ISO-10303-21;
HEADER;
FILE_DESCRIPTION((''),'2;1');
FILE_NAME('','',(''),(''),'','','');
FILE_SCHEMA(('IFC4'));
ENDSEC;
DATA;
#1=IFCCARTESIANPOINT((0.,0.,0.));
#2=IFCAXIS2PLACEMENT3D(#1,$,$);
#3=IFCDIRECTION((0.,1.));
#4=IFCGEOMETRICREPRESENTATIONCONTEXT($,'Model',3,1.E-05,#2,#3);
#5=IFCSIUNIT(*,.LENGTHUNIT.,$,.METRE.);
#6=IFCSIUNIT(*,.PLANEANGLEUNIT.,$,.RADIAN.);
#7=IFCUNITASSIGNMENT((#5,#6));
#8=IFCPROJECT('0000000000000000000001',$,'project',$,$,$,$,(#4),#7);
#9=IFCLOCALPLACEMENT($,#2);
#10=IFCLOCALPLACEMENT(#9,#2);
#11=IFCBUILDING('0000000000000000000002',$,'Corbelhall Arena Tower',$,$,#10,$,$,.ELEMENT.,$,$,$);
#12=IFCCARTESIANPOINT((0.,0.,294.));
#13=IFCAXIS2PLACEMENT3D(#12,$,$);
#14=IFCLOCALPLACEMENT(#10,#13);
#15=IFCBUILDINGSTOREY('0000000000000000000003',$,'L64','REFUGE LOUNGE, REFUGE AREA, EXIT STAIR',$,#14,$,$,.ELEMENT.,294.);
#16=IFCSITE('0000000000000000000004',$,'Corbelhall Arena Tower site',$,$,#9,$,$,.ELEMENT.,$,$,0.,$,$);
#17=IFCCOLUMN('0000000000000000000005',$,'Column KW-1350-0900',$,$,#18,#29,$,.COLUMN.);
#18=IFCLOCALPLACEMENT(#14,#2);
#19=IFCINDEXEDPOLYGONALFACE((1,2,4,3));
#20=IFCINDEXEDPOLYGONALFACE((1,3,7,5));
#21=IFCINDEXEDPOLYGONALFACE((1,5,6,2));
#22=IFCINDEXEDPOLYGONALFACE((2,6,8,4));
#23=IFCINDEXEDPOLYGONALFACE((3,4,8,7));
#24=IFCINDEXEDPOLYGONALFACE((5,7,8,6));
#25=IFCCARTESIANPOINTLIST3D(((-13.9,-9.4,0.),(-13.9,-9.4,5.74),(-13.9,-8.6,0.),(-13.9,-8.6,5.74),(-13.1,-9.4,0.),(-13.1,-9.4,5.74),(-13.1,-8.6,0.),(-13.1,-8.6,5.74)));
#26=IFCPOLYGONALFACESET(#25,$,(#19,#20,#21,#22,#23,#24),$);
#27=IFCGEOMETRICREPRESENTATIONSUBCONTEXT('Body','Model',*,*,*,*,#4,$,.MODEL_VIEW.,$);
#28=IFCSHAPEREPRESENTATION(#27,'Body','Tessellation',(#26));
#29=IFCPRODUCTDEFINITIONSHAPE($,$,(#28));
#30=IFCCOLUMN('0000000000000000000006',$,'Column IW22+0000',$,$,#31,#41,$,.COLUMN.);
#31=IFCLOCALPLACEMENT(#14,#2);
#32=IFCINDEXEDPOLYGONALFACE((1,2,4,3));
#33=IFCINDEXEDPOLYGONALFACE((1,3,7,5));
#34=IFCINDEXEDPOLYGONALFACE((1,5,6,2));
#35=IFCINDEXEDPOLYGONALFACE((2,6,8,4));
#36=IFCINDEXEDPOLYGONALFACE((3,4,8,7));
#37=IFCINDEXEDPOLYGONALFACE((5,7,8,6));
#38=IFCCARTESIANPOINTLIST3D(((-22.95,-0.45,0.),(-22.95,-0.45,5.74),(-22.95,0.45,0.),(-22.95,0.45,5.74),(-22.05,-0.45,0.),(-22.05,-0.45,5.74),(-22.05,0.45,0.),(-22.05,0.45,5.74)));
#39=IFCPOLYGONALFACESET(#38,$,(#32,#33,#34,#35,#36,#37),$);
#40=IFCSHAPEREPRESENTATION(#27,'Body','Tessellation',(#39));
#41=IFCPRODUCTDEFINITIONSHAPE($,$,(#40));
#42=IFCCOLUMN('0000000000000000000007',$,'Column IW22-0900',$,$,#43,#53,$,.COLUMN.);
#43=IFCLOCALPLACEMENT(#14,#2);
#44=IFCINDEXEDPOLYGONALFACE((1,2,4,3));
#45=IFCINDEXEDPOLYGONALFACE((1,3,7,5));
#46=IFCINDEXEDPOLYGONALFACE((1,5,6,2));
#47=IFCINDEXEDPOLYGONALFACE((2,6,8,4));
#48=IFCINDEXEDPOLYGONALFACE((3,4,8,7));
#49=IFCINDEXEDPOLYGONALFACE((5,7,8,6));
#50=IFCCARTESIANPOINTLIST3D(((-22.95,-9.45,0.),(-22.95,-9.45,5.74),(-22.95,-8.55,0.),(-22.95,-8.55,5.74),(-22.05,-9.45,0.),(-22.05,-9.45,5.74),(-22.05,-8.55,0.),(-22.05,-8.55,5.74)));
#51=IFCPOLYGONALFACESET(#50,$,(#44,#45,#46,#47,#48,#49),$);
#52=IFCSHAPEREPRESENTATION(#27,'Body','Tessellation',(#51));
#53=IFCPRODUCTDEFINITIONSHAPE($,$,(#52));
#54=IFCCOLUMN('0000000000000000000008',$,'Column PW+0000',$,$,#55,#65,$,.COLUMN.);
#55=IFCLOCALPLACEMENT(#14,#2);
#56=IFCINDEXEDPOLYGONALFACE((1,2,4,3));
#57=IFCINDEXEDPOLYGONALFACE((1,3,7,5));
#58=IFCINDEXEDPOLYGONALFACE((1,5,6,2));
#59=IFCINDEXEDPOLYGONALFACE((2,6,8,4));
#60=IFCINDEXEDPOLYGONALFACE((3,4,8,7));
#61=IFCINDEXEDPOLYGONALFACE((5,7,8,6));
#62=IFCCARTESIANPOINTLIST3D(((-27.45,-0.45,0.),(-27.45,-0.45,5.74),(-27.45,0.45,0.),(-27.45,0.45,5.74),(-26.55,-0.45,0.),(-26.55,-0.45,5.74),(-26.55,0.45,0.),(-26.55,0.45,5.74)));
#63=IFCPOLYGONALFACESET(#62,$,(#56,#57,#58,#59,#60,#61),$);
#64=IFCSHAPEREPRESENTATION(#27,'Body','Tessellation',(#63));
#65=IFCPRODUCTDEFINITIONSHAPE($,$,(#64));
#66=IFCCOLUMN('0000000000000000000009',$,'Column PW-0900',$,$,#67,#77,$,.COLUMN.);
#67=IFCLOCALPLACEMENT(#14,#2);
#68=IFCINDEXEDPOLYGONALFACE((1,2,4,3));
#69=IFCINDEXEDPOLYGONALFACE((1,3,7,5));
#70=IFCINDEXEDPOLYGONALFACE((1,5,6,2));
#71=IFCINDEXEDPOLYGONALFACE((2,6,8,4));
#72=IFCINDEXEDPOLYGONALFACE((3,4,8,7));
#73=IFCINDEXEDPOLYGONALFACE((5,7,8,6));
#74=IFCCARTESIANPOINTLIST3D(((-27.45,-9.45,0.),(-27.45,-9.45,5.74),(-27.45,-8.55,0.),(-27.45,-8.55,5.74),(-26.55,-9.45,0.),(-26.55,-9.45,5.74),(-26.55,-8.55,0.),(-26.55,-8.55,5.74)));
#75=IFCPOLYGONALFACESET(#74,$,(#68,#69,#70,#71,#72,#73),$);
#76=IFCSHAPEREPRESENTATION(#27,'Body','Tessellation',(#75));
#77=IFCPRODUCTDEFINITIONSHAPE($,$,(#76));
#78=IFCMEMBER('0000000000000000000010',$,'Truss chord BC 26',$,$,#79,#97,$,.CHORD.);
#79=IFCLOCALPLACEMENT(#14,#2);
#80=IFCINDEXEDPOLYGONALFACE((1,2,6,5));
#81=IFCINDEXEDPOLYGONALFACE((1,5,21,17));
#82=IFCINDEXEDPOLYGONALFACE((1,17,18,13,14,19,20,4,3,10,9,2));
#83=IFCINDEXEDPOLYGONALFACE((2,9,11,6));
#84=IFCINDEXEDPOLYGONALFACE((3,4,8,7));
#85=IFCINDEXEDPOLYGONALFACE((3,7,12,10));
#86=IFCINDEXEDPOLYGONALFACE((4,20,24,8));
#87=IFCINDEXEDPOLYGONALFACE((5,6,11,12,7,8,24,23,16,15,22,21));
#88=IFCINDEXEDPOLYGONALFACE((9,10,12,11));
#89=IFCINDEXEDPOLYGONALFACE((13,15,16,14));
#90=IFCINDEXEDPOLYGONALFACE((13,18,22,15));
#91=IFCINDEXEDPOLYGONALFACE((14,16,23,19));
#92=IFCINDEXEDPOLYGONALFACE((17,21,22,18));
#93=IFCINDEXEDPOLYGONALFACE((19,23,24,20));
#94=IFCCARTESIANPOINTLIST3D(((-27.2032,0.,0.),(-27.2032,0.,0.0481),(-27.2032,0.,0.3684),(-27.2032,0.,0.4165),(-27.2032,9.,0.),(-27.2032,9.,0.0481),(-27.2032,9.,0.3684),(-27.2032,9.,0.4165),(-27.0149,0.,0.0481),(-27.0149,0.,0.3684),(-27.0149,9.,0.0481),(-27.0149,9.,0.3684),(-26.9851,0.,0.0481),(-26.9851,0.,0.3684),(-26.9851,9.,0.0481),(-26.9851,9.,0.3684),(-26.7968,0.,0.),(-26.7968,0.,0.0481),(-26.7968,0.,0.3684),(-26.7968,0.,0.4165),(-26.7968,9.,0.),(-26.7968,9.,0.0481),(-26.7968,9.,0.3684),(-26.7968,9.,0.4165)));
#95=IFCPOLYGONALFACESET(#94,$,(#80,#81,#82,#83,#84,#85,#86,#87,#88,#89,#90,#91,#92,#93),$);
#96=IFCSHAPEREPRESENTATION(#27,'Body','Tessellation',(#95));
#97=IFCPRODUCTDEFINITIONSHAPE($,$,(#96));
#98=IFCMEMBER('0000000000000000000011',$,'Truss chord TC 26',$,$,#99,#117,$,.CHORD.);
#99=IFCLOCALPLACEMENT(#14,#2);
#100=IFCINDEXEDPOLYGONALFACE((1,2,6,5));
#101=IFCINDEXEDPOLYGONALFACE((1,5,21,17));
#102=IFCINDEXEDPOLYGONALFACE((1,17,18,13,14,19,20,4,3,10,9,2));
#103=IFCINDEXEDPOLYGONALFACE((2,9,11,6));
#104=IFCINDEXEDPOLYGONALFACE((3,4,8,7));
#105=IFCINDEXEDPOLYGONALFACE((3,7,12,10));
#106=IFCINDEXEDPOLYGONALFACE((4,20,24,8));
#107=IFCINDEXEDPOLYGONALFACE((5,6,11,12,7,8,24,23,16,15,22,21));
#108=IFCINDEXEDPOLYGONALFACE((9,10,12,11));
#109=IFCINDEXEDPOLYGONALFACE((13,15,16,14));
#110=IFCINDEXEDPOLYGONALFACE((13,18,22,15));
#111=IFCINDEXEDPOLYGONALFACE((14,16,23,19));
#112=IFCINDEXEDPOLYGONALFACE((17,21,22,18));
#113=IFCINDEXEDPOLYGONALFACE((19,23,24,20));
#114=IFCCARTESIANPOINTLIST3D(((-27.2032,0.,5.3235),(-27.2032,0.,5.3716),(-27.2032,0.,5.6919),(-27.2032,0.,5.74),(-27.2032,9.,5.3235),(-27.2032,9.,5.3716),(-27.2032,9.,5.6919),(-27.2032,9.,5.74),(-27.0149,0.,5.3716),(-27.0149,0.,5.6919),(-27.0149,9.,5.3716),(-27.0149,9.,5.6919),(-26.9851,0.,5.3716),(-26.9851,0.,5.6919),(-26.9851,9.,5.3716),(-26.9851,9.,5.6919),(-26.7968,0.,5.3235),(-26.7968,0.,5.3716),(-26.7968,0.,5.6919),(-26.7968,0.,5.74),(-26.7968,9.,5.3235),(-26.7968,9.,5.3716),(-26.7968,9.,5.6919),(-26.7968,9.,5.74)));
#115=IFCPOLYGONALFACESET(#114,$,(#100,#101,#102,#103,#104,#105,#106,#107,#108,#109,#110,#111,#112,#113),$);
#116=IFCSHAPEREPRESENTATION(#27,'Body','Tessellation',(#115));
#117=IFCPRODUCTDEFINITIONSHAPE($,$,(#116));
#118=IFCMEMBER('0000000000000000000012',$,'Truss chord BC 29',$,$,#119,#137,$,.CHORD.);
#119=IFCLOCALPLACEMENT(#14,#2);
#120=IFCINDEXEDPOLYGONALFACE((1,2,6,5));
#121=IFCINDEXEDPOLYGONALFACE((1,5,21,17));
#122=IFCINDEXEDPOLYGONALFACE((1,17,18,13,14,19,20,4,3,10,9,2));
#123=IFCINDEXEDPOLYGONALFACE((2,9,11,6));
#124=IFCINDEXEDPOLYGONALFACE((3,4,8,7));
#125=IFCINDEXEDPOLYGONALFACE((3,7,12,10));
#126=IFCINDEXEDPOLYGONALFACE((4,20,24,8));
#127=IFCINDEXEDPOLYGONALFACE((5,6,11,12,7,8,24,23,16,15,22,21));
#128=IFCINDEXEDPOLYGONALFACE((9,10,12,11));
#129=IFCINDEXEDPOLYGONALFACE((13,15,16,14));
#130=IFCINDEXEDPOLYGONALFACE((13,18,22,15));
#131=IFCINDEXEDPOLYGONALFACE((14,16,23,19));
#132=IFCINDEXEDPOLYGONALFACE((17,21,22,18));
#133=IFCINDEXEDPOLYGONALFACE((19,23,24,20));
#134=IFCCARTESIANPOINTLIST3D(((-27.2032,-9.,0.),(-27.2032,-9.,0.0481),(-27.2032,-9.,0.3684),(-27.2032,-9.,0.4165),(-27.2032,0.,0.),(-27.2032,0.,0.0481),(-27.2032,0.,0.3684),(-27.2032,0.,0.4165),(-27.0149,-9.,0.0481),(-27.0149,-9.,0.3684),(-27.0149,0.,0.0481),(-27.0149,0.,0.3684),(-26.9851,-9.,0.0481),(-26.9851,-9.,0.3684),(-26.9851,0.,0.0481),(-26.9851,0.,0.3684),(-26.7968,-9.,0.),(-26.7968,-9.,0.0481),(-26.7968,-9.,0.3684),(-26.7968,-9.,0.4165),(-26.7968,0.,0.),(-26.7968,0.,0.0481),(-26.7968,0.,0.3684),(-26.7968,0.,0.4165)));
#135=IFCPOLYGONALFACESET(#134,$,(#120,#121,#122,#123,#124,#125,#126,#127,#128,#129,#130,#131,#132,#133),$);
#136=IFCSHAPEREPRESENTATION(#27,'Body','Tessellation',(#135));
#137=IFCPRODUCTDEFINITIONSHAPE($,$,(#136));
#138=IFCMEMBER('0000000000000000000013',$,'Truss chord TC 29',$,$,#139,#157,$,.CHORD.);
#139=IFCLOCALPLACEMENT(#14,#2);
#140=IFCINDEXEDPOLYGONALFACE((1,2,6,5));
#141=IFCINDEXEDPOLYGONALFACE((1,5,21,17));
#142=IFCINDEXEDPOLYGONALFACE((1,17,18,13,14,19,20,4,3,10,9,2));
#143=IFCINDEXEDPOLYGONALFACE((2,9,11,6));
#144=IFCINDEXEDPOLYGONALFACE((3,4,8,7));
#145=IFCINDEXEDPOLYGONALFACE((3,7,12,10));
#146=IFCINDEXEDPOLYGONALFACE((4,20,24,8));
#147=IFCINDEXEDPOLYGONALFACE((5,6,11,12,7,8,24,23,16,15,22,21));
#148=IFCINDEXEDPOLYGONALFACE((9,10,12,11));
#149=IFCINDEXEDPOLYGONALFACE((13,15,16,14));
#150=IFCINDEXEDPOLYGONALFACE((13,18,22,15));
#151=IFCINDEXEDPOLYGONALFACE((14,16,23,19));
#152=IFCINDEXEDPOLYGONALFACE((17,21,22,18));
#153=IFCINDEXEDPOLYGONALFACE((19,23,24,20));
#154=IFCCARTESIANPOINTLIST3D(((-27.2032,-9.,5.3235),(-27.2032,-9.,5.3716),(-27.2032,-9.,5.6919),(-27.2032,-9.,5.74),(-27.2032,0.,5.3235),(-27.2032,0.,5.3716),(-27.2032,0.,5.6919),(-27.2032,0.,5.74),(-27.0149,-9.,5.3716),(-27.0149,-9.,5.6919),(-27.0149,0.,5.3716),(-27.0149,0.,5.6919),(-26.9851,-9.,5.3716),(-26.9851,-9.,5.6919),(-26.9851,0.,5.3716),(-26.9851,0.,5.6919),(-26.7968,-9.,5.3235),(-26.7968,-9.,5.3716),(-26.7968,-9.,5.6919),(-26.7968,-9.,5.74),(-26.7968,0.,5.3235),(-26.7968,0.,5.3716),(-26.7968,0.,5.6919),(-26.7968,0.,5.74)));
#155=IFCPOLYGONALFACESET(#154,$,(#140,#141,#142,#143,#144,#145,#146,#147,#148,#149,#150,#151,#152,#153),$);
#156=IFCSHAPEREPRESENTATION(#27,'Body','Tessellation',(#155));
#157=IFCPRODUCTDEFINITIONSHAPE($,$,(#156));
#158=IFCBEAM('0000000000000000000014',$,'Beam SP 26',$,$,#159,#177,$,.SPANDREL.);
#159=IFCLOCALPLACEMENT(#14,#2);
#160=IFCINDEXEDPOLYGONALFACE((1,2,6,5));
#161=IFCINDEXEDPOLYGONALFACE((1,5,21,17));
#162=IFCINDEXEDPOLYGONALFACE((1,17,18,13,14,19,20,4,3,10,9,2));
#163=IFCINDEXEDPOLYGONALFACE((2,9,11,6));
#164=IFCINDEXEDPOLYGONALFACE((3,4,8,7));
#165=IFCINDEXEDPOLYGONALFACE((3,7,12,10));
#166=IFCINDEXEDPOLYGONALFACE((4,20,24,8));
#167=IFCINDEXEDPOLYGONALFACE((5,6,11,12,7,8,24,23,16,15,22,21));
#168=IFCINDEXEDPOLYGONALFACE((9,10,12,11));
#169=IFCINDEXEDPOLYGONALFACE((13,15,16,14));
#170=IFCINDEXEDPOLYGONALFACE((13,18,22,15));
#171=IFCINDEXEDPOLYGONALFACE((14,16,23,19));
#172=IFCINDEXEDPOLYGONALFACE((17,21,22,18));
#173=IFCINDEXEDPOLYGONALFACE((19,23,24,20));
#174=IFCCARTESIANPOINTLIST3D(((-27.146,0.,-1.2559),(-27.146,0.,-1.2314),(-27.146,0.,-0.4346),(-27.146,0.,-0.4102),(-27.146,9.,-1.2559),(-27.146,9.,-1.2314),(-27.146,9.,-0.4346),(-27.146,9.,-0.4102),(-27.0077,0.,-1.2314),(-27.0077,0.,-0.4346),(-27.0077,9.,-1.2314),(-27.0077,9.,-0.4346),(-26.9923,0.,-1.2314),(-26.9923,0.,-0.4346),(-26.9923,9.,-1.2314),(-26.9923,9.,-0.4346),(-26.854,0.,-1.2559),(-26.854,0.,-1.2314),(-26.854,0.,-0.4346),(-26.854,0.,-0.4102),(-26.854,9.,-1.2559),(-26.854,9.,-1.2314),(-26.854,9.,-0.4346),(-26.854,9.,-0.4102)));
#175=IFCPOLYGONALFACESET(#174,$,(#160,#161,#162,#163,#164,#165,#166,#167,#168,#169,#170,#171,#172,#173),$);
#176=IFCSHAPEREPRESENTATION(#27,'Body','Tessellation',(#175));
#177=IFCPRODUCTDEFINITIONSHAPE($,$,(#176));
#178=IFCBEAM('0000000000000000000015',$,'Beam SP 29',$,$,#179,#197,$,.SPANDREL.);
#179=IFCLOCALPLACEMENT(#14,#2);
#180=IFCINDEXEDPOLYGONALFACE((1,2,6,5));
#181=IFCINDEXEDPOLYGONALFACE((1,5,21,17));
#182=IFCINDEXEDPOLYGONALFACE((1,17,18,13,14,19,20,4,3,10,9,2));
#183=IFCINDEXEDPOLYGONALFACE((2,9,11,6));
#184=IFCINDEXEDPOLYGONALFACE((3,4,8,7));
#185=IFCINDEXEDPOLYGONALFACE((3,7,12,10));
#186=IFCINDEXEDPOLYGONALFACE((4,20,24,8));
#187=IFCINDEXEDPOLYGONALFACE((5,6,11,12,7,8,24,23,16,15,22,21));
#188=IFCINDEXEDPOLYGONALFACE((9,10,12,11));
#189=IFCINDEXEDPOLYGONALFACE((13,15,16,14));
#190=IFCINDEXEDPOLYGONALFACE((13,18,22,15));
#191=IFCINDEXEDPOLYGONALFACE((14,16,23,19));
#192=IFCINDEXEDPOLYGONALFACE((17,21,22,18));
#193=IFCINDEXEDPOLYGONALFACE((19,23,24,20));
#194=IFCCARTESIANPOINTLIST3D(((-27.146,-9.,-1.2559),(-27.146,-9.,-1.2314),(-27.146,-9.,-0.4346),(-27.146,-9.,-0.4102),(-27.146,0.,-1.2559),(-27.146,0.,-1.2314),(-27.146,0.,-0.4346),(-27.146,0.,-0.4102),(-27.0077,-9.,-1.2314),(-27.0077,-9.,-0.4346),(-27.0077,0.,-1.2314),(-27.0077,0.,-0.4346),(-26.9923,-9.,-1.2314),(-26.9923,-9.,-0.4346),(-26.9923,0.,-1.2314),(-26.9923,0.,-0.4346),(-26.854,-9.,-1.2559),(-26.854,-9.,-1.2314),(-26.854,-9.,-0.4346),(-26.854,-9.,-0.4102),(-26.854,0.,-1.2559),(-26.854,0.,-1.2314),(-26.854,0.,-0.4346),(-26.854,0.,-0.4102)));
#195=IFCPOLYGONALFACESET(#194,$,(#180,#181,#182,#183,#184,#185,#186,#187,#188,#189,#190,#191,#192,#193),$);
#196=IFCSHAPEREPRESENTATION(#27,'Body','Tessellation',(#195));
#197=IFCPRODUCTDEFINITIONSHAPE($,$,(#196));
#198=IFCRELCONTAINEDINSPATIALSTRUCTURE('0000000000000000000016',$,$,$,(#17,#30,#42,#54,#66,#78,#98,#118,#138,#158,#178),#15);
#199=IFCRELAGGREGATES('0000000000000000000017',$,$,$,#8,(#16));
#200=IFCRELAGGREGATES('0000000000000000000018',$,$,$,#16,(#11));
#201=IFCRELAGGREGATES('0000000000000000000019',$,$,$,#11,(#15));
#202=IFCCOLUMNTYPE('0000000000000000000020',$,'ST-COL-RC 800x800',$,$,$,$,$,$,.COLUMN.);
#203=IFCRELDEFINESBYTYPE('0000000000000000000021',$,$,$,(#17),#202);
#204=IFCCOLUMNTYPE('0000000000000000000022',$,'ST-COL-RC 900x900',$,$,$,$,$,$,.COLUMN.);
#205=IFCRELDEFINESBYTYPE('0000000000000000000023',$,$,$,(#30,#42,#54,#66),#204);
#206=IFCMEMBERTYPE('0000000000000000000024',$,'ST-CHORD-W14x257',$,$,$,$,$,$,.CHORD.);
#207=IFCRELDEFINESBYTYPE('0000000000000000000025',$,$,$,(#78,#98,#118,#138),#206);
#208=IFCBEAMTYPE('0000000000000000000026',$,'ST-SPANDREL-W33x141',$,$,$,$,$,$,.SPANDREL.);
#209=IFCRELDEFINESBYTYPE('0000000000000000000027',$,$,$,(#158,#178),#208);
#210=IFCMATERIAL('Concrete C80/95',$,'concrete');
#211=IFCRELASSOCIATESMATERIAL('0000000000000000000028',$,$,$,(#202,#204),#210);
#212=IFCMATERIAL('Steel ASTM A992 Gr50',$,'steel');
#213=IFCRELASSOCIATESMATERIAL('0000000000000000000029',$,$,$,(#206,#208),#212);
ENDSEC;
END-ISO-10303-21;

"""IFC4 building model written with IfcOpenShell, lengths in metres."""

from ifc_helpers import new_model, si_unit, direction, frame, origin, origin_2d, place, context, subcontext, project, spatial, rectangle, i_section, extrude, material, material_profile, profile_set, type_object, element, save


model = new_model("IFC4")

# Units and contexts
model_context = context("Model", 3, precision=1e-05, world=origin(), true_north=direction((0.0, 1.0)))
body_context = subcontext(model_context, "Body", "Model", "MODEL_VIEW")
ifc_project = project(units=[si_unit("LENGTHUNIT", "METRE"), si_unit("PLANEANGLEUNIT", "RADIAN")], contexts=[model_context])

# Site, building, storey
site_placement = place(None, origin())
site = spatial("IfcSite", under=ifc_project, at=site_placement, Name="Corbelhall Arena Tower site", CompositionType="ELEMENT", RefElevation=0.0)
building_placement = place(site_placement, origin())
building = spatial("IfcBuilding", under=site, at=building_placement, Name="Corbelhall Arena Tower", CompositionType="ELEMENT")
storey_placement = place(building_placement, frame((0.0, 0.0, 294.0)))
storey = spatial("IfcBuildingStorey", under=building, at=storey_placement, Name="L64", Description="REFUGE LOUNGE, REFUGE AREA, EXIT STAIR", CompositionType="ELEMENT", Elevation=294.0)

# Columns
ifc_material_1 = material(Name="Concrete C80/95", Category="concrete")
ifc_material_profile_1 = material_profile(ifc_material_1, rectangle(XDim=0.8, YDim=0.8, at=origin_2d()))
ifc_profile_set_1 = profile_set([ifc_material_profile_1], Name="Concrete C80/95")
column_type_1 = type_object("IfcColumnType", Name="ST-COL-RC 800x800", PredefinedType="COLUMN", material=ifc_profile_set_1)
column_placement = place(storey_placement, frame((-13.5, -9.0, 0.0), z_axis=(0.0, 0.0, 1.0), x_axis=(1.0, 0.0, 0.0)))
element("IfcColumn", 1, at=column_placement, inside=storey, type_object=column_type_1, Name="Column KW-1350-0900", PredefinedType="COLUMN", context=body_context, shape_type="SweptSolid", body=[
    extrude(rectangle(XDim=0.8, YDim=0.8, at=origin_2d()), origin(), (0.0, 0.0, 1.0), 5.74),
])
ifc_material_profile_2 = material_profile(ifc_material_1, rectangle(XDim=0.8999, YDim=0.8999, at=origin_2d()))
ifc_profile_set_2 = profile_set([ifc_material_profile_2], Name="Concrete C80/95")
column_type_2 = type_object("IfcColumnType", Name="ST-COL-RC 900x900", PredefinedType="COLUMN", material=ifc_profile_set_2)
for number, where, z_axis, x_axis, name in (
    (2, (-22.5, 0.0, 0.0), (0.0, 0.0, 1.0), (1.0, 0.0, 0.0), "Column IW22+0000"),
    (3, (-22.5, -9.0, 0.0), (0.0, 0.0, 1.0), (1.0, 0.0, 0.0), "Column IW22-0900"),
    (4, (-27.0, 0.0, 0.0), (0.0, 0.0, 1.0), (0.0, 1.0, 0.0), "Column PW+0000"),
    (5, (-27.0, -9.0, 0.0), (0.0, 0.0, 1.0), (0.0, 1.0, 0.0), "Column PW-0900"),
):
    element("IfcColumn", number, at=place(storey_placement, frame(where, z_axis=z_axis, x_axis=x_axis)), inside=storey, type_object=column_type_2, Name=name, PredefinedType="COLUMN", context=body_context, shape_type="SweptSolid", body=[
        extrude(rectangle(XDim=0.8999, YDim=0.8999, at=origin_2d()), origin(), (0.0, 0.0, 1.0), 5.74),
    ])

# Members
ifc_material_2 = material(Name="Steel ASTM A992 Gr50", Category="steel")
ifc_material_profile_3 = material_profile(ifc_material_2, i_section(OverallWidth=0.4065, OverallDepth=0.4165, WebThickness=0.0298, FlangeThickness=0.0481, at=origin_2d()))
ifc_profile_set_3 = profile_set([ifc_material_profile_3], Name="Steel ASTM A992 Gr50")
member_type_1 = type_object("IfcMemberType", Name="ST-CHORD-W14x257", PredefinedType="CHORD", material=ifc_profile_set_3)
for number, where, z_axis, x_axis, name in (
    (6, (-27.0, 0.0, 0.2083), (0.0, 1.0, 0.0), (-1.0, 0.0, 0.0), "Truss chord BC 26"),
    (7, (-27.0, 0.0, 5.5317), (0.0, 1.0, 0.0), (-1.0, 0.0, 0.0), "Truss chord TC 26"),
    (8, (-27.0, -9.0, 0.2083), (0.0, 1.0, 0.0), (-1.0, 0.0, 0.0), "Truss chord BC 29"),
    (9, (-27.0, -9.0, 5.5317), (0.0, 1.0, 0.0), (-1.0, 0.0, 0.0), "Truss chord TC 29"),
):
    element("IfcMember", number, at=place(storey_placement, frame(where, z_axis=z_axis, x_axis=x_axis)), inside=storey, type_object=member_type_1, Name=name, PredefinedType="CHORD", context=body_context, shape_type="SweptSolid", body=[
        extrude(i_section(OverallWidth=0.4065, OverallDepth=0.4165, WebThickness=0.0298, FlangeThickness=0.0481, at=origin_2d()), origin(), (0.0, 0.0, 1.0), 9.0),
    ])

# Beams
ifc_material_profile_4 = material_profile(ifc_material_2, i_section(OverallWidth=0.292, OverallDepth=0.8457, WebThickness=0.0154, FlangeThickness=0.0244, at=origin_2d()))
ifc_profile_set_4 = profile_set([ifc_material_profile_4], Name="Steel ASTM A992 Gr50")
beam_type = type_object("IfcBeamType", Name="ST-SPANDREL-W33x141", PredefinedType="SPANDREL", material=ifc_profile_set_4)
for number, where, z_axis, x_axis, name in (
    (10, (-27.0, 0.0, -0.833), (0.0, 1.0, 0.0), (-1.0, 0.0, 0.0), "Beam SP 26"),
    (11, (-27.0, -9.0, -0.833), (0.0, 1.0, 0.0), (-1.0, 0.0, 0.0), "Beam SP 29"),
):
    element("IfcBeam", number, at=place(storey_placement, frame(where, z_axis=z_axis, x_axis=x_axis)), inside=storey, type_object=beam_type, Name=name, PredefinedType="SPANDREL", context=body_context, shape_type="SweptSolid", body=[
        extrude(i_section(OverallWidth=0.292, OverallDepth=0.8457, WebThickness=0.0154, FlangeThickness=0.0244, at=origin_2d()), origin(), (0.0, 0.0, 1.0), 9.0),
    ])

save(model, "model.ifc")
